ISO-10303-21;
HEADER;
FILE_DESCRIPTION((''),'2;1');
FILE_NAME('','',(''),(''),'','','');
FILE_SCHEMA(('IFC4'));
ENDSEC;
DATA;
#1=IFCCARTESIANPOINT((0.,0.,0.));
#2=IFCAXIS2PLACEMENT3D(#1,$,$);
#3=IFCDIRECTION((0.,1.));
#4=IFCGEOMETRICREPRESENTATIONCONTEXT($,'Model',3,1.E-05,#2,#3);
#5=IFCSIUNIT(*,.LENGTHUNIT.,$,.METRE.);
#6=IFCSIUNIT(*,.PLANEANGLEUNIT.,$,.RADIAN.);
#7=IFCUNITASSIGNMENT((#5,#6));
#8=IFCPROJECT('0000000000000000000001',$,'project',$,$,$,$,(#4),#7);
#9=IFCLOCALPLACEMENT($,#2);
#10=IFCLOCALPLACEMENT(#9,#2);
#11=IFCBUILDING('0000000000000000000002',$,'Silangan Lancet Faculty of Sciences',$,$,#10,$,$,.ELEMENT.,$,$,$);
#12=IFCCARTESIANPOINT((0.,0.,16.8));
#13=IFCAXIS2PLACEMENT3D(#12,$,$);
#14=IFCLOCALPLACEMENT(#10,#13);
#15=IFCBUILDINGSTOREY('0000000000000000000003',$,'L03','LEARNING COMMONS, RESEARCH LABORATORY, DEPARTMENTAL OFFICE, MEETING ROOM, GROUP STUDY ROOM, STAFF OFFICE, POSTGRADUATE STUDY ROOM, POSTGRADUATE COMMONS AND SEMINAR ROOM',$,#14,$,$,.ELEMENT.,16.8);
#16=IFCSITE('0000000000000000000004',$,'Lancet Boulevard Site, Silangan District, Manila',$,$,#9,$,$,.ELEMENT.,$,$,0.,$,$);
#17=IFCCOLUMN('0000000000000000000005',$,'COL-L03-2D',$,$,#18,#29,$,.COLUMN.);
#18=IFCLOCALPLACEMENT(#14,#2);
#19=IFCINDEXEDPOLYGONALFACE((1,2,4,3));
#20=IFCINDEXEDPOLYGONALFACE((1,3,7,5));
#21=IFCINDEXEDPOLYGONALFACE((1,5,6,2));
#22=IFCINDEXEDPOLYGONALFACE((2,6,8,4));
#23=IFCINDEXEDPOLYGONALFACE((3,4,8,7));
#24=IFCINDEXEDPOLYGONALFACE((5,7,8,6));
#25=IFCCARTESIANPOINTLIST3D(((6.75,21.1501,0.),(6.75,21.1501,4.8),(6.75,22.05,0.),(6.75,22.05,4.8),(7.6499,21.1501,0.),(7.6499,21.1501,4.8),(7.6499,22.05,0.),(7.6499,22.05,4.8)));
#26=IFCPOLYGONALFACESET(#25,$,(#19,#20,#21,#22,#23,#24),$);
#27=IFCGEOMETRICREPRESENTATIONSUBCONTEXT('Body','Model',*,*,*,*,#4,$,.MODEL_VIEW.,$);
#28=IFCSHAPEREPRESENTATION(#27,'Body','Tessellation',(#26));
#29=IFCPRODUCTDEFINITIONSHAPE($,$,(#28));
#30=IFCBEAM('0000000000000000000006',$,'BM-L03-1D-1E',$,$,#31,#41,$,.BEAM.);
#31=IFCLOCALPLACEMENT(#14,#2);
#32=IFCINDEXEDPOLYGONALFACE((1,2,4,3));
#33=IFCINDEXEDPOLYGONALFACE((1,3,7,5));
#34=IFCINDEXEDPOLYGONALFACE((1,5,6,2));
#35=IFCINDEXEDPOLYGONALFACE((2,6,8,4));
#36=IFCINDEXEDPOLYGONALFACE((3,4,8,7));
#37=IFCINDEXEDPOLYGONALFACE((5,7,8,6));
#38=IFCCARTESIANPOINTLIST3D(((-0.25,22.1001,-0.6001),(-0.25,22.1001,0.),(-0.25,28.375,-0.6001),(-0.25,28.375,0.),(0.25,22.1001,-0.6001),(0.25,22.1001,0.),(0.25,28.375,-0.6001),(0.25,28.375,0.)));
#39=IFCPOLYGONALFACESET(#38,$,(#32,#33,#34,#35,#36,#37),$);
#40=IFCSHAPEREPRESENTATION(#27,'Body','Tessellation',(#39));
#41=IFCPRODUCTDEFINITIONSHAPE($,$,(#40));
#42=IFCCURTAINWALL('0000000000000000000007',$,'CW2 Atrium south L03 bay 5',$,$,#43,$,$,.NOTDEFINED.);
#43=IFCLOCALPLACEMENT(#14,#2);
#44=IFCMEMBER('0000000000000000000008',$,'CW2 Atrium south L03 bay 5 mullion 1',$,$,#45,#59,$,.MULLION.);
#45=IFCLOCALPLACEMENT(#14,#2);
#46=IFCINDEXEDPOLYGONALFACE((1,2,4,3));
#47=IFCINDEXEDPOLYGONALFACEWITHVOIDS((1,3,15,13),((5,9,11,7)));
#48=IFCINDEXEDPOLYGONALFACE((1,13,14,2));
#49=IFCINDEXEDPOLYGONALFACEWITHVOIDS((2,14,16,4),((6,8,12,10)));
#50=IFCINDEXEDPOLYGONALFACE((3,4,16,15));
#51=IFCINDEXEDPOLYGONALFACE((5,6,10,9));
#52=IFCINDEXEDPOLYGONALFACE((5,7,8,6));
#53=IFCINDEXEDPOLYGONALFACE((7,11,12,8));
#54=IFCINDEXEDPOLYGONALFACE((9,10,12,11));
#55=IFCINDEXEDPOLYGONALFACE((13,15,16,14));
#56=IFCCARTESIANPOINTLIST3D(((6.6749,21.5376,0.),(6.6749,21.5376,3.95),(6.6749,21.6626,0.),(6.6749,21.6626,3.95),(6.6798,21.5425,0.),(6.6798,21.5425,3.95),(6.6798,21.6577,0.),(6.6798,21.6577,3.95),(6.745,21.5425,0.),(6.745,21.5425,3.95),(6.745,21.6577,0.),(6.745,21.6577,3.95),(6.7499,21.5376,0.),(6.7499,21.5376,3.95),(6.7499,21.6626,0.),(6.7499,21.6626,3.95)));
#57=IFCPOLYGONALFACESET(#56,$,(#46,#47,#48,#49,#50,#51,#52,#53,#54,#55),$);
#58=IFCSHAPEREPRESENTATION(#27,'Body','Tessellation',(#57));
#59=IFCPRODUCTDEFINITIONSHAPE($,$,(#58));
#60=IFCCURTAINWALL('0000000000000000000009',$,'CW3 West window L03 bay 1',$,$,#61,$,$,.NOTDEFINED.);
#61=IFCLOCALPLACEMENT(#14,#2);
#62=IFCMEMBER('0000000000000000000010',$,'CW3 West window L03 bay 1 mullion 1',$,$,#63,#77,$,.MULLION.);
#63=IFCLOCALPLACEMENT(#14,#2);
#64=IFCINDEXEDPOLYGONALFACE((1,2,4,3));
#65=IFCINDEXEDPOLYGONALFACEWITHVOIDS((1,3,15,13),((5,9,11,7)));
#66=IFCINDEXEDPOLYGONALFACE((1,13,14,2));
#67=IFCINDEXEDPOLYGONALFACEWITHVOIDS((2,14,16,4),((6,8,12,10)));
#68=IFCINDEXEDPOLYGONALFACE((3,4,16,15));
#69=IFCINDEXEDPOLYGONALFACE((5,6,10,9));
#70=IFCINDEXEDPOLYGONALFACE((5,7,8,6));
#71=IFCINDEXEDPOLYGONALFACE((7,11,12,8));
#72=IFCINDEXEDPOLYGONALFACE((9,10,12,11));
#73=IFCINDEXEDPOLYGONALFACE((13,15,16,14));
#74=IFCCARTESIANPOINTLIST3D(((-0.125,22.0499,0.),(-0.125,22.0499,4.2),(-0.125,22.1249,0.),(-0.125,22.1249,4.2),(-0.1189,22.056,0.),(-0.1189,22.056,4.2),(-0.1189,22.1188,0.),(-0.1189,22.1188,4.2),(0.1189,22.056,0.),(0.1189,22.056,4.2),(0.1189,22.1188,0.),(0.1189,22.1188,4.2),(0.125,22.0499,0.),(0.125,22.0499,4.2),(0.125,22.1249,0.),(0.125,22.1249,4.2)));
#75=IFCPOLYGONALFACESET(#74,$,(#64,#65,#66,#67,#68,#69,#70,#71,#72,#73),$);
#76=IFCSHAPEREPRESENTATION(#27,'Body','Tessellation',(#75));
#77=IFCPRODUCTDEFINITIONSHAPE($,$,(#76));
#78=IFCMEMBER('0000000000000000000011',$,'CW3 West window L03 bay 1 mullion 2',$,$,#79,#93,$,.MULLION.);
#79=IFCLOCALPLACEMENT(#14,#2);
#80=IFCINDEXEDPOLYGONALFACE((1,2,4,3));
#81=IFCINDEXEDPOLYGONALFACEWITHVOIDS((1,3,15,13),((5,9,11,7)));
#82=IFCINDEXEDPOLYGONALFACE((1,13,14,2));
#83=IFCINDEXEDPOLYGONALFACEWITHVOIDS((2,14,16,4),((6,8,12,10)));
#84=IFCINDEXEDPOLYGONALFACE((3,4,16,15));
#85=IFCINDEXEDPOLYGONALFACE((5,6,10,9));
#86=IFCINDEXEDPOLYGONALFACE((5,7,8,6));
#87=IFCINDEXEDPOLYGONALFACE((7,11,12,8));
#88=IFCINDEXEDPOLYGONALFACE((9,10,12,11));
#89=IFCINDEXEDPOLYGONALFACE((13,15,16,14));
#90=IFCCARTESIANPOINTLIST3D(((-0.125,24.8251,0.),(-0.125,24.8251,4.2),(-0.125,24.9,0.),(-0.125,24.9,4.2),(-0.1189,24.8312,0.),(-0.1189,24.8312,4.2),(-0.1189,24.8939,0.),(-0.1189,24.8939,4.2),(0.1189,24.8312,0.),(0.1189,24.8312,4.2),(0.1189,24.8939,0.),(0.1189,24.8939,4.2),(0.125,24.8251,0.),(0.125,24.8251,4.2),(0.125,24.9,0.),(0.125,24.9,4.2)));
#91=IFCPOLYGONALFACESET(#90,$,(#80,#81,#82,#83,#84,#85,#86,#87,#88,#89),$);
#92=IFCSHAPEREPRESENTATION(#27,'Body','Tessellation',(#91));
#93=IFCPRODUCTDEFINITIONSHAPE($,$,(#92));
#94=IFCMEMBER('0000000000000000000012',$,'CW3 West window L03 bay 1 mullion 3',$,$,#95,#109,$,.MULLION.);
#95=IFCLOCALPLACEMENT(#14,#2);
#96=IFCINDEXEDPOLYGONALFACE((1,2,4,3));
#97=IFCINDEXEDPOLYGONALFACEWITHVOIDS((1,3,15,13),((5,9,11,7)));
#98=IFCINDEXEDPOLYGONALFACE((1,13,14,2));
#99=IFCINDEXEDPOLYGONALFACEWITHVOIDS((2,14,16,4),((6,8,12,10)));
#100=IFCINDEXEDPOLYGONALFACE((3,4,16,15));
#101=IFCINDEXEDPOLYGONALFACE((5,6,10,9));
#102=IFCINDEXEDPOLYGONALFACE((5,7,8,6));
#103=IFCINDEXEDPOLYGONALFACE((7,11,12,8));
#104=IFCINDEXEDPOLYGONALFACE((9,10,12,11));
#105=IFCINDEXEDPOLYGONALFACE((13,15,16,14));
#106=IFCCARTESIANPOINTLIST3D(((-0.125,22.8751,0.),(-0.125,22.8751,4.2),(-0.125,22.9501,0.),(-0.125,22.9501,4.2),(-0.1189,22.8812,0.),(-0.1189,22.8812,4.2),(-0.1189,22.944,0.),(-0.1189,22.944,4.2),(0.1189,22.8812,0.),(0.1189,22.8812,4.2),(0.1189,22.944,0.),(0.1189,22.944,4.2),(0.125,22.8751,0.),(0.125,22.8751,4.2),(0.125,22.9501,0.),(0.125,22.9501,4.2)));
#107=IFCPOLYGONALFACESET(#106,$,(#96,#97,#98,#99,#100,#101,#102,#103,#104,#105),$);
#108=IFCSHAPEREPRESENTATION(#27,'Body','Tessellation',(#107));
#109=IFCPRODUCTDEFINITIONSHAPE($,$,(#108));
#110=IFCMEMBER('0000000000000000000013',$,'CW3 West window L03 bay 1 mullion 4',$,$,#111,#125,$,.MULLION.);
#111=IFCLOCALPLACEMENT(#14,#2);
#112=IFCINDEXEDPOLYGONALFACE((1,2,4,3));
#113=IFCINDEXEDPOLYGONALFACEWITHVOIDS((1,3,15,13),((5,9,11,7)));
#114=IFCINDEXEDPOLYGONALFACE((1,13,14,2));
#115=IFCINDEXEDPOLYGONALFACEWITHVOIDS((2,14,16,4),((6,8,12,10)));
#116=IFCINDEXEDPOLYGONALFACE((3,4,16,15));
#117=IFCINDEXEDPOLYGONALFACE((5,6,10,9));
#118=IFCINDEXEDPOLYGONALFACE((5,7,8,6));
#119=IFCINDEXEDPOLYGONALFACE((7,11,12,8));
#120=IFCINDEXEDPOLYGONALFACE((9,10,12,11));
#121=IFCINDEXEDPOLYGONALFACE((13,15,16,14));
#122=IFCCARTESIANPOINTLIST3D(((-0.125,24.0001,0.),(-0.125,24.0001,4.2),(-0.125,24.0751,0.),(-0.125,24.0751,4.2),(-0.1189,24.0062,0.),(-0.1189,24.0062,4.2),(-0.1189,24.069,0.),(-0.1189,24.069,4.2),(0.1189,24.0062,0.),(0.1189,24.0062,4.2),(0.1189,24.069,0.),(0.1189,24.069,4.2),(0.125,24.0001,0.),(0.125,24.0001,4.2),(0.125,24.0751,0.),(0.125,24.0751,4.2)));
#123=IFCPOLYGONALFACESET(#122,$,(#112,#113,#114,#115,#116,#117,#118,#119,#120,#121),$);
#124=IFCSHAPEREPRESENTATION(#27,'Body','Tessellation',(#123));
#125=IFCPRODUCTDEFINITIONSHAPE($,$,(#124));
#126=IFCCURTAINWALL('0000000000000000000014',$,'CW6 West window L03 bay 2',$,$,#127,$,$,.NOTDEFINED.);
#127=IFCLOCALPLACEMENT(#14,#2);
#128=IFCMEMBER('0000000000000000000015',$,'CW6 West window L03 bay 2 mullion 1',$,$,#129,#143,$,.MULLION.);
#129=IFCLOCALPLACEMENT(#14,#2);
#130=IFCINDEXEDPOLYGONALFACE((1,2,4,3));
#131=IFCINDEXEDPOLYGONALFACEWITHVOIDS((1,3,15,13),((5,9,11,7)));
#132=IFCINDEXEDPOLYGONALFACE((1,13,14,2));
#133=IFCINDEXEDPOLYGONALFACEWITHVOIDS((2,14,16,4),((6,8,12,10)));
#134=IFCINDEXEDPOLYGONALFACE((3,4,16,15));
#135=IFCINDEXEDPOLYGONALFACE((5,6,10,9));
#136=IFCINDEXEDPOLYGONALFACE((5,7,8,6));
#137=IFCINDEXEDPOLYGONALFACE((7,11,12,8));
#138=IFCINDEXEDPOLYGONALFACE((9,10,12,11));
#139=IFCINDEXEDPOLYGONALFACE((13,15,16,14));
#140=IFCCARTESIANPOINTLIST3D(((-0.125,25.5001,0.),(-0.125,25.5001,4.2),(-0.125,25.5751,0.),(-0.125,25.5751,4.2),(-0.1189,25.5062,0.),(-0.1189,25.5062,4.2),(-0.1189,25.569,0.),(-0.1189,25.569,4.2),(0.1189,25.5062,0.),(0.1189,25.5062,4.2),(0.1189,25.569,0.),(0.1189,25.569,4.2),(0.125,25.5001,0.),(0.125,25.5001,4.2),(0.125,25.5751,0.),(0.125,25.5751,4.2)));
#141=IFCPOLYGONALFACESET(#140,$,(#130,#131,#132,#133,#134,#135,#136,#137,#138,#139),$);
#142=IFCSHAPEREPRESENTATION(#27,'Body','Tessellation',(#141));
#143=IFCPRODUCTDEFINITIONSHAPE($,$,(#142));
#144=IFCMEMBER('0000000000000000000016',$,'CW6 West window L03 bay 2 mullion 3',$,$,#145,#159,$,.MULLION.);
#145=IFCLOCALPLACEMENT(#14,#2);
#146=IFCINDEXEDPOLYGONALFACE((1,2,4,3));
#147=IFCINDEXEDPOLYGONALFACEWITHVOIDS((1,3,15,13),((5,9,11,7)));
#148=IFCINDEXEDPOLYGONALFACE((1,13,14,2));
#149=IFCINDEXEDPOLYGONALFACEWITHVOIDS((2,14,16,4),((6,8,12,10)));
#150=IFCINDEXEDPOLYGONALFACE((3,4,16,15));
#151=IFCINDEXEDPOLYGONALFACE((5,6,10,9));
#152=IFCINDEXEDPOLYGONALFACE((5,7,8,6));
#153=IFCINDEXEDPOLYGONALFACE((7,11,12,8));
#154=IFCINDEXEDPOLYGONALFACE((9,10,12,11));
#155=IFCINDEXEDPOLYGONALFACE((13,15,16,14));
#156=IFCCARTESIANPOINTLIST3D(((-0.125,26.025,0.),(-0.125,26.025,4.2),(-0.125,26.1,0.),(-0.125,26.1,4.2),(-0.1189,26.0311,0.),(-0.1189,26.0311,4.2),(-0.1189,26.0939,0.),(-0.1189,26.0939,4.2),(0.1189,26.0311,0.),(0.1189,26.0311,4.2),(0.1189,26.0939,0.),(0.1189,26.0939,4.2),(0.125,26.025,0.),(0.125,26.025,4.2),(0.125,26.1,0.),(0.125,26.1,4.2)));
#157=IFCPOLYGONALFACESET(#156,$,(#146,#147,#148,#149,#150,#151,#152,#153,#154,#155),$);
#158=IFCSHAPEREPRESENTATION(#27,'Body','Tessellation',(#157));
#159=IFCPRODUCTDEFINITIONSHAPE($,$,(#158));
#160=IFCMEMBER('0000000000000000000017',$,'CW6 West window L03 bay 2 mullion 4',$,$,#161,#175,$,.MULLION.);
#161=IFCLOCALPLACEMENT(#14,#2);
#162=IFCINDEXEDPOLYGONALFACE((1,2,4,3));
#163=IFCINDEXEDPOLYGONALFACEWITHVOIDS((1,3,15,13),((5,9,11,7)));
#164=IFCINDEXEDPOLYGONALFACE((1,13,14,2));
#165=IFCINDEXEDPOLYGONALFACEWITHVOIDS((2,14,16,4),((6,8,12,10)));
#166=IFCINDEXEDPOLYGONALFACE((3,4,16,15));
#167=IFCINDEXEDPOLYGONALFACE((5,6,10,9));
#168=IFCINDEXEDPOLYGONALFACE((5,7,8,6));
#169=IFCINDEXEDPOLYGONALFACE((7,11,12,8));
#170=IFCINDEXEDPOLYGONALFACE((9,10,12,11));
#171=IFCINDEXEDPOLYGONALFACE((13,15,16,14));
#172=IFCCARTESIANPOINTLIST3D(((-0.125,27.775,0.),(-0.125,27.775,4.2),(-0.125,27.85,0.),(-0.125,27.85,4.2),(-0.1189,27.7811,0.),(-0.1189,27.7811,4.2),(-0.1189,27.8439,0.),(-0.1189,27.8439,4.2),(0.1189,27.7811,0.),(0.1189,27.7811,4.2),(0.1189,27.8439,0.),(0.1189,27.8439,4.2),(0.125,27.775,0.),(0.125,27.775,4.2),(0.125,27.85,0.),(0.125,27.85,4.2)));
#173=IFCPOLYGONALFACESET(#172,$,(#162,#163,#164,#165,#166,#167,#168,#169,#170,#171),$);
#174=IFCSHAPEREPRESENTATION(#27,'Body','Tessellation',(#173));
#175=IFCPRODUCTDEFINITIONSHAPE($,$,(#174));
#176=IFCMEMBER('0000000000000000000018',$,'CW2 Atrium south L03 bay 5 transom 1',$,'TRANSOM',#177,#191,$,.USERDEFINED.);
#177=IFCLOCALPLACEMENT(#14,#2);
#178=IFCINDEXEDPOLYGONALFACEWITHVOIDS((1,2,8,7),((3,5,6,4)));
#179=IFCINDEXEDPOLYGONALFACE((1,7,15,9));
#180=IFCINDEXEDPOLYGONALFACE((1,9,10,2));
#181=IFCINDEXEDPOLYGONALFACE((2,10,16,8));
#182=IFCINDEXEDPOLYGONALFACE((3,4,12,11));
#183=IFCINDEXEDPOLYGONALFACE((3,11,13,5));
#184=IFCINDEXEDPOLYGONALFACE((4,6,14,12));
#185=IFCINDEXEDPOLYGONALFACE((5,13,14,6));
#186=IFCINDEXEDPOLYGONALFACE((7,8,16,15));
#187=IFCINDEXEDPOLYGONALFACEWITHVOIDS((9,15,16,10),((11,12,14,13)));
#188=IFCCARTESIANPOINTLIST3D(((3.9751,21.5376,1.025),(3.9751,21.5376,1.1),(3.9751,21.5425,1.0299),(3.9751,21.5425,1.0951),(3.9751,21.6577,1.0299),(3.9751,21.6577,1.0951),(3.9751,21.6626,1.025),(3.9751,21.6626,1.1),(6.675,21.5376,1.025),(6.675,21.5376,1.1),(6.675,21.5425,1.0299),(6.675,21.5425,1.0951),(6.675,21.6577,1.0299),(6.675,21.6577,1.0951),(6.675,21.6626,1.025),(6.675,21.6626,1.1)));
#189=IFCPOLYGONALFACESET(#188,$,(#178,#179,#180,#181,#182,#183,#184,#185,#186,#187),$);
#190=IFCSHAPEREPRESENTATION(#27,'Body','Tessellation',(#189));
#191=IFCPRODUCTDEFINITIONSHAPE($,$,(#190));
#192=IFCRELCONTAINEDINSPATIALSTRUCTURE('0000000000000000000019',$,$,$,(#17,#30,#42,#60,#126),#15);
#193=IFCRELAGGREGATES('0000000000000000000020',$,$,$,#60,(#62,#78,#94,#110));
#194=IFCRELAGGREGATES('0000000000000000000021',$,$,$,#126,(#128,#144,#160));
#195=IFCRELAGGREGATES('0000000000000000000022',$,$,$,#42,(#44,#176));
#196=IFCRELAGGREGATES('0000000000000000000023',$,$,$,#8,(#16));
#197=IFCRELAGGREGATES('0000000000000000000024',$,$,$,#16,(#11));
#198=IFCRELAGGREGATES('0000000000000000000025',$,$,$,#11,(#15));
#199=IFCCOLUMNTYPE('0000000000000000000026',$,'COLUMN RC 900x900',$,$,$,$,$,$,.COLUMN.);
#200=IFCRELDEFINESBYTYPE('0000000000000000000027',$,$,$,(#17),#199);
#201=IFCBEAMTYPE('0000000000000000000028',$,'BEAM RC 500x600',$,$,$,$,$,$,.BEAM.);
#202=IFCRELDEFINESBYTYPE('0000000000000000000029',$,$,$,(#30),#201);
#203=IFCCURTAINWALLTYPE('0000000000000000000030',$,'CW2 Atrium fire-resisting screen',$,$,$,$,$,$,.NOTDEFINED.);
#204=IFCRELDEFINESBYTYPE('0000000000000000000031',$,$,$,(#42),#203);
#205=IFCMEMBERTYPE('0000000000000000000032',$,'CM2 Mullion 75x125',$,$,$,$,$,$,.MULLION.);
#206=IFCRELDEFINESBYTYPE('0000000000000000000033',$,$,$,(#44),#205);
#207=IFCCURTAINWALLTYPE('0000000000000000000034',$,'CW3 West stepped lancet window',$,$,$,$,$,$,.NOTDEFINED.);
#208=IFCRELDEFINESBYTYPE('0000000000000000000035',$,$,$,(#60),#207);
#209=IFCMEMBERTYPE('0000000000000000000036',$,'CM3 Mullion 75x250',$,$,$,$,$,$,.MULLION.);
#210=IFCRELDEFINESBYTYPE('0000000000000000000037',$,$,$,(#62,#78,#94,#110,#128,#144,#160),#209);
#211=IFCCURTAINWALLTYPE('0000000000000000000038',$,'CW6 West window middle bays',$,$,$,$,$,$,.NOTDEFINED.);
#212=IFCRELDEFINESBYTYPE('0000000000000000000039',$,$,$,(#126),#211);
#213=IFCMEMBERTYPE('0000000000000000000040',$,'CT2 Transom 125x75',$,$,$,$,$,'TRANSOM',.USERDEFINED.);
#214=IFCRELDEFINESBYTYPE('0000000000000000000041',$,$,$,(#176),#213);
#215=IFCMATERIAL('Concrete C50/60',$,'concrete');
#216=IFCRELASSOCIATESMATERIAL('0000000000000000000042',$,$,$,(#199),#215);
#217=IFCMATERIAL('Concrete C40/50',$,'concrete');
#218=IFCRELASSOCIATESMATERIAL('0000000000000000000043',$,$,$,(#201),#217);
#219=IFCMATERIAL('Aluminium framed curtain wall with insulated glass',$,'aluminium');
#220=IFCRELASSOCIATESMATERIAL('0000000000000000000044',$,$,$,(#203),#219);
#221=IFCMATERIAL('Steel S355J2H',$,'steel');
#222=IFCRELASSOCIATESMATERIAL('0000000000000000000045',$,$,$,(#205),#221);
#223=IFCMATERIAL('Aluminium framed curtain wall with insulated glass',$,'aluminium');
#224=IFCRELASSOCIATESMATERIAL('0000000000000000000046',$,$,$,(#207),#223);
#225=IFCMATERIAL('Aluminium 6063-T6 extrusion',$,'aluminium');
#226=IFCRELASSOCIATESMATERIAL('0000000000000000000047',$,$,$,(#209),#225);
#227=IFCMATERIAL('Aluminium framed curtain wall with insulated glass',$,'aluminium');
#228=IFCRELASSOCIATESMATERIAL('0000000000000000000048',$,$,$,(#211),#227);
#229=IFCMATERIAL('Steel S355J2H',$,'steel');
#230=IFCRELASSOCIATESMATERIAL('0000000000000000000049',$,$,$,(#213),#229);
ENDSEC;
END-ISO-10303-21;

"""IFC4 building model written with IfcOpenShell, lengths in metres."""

from ifc_helpers import new_model, si_unit, direction, frame, origin, origin_2d, place, context, subcontext, project, spatial, rectangle, hollow_rectangle, extrude, material, material_profile, profile_set, type_object, element, aggregate, save


model = new_model("IFC4")

# Units and contexts
model_context = context("Model", 3, precision=1e-05, world=origin(), true_north=direction((0.0, 1.0)))
body_context = subcontext(model_context, "Body", "Model", "MODEL_VIEW")
ifc_project = project(units=[si_unit("LENGTHUNIT", "METRE"), si_unit("PLANEANGLEUNIT", "RADIAN")], contexts=[model_context])

# Site, building, storey
site_placement = place(None, origin())
site = spatial("IfcSite", under=ifc_project, at=site_placement, Name="Lancet Boulevard Site, Silangan District, Manila", CompositionType="ELEMENT", RefElevation=0.0)
building_placement = place(site_placement, origin())
building = spatial("IfcBuilding", under=site, at=building_placement, Name="Silangan Lancet Faculty of Sciences", CompositionType="ELEMENT")
storey_placement = place(building_placement, frame((0.0, 0.0, 16.8)))
storey = spatial("IfcBuildingStorey", under=building, at=storey_placement, Name="L03", Description="LEARNING COMMONS, RESEARCH LABORATORY, DEPARTMENTAL OFFICE, MEETING ROOM, GROUP STUDY ROOM, STAFF OFFICE, POSTGRADUATE STUDY ROOM, POSTGRADUATE COMMONS AND SEMINAR ROOM", CompositionType="ELEMENT", Elevation=16.8)

# Column
ifc_material_1 = material(Name="Concrete C50/60", Category="concrete")
ifc_material_profile_1 = material_profile(ifc_material_1, rectangle(XDim=0.8999, YDim=0.8999, at=origin_2d()), Name="RC 900x900")
ifc_profile_set_1 = profile_set([ifc_material_profile_1], Name="Concrete C50/60")
column_type = type_object("IfcColumnType", Name="COLUMN RC 900x900", PredefinedType="COLUMN", material=ifc_profile_set_1)
column_placement = place(storey_placement, frame((7.2, 21.6001, 0.0), z_axis=(0.0, 0.0, 1.0), x_axis=(1.0, 0.0, 0.0)))
element("IfcColumn", 1, at=column_placement, inside=storey, type_object=column_type, Name="COL-L03-2D", PredefinedType="COLUMN", context=body_context, shape_type="SweptSolid", body=[
    extrude(rectangle(XDim=0.8999, YDim=0.8999, at=origin_2d()), origin(), (0.0, 0.0, 1.0), 4.8),
])

# Beam
ifc_material_2 = material(Name="Concrete C40/50", Category="concrete")
ifc_material_profile_2 = material_profile(ifc_material_2, rectangle(XDim=0.5, YDim=0.6001, at=origin_2d()), Name="RC 500x600")
ifc_profile_set_2 = profile_set([ifc_material_profile_2], Name="Concrete C40/50")
beam_type = type_object("IfcBeamType", Name="BEAM RC 500x600", PredefinedType="BEAM", material=ifc_profile_set_2)
beam_placement = place(storey_placement, frame((0.0, 22.1001, -0.3), z_axis=(0.0, 1.0, 0.0), x_axis=(-1.0, 0.0, 0.0)))
element("IfcBeam", 2, at=beam_placement, inside=storey, type_object=beam_type, Name="BM-L03-1D-1E", PredefinedType="BEAM", context=body_context, shape_type="SweptSolid", body=[
    extrude(rectangle(XDim=0.5, YDim=0.6001, at=origin_2d()), origin(), (0.0, 0.0, 1.0), 6.2749),
])

# Curtain wall, member
ifc_material_3 = material(Name="Aluminium framed curtain wall with insulated glass", Category="aluminium")
curtain_wall_type_1 = type_object("IfcCurtainWallType", Name="CW2 Atrium fire-resisting screen", PredefinedType="NOTDEFINED", material=ifc_material_3)
curtain_wall_1_placement = place(storey_placement, origin())
curtain_wall_1 = element("IfcCurtainWall", 3, at=curtain_wall_1_placement, inside=storey, type_object=curtain_wall_type_1, Name="CW2 Atrium south L03 bay 5", PredefinedType="NOTDEFINED")
ifc_material_4 = material(Name="Steel S355J2H", Category="steel")
ifc_material_profile_3 = material_profile(ifc_material_4, hollow_rectangle(XDim=0.075, YDim=0.125, WallThickness=0.0049, at=origin_2d()), Name="ST BOX 75x125x5")
ifc_profile_set_3 = profile_set([ifc_material_profile_3], Name="Steel S355J2H")
member_type_1 = type_object("IfcMemberType", Name="CM2 Mullion 75x125", PredefinedType="MULLION", material=ifc_profile_set_3)
member_1_placement = place(storey_placement, frame((6.7124, 21.6001, 0.0), z_axis=(0.0, 0.0, 1.0), x_axis=(-1.0, 0.0, 0.0)))
member_1 = element("IfcMember", 4, at=member_1_placement, type_object=member_type_1, Name="CW2 Atrium south L03 bay 5 mullion 1", PredefinedType="MULLION", context=body_context, shape_type="SweptSolid", body=[
    extrude(hollow_rectangle(XDim=0.075, YDim=0.125, WallThickness=0.0049, at=origin_2d()), origin(), (0.0, 0.0, 1.0), 3.95),
])

# Curtain walls, members
ifc_material_5 = material(Name="Aluminium framed curtain wall with insulated glass", Category="aluminium")
curtain_wall_type_2 = type_object("IfcCurtainWallType", Name="CW3 West stepped lancet window", PredefinedType="NOTDEFINED", material=ifc_material_5)
curtain_wall_2_placement = place(storey_placement, origin())
curtain_wall_2 = element("IfcCurtainWall", 5, at=curtain_wall_2_placement, inside=storey, type_object=curtain_wall_type_2, Name="CW3 West window L03 bay 1", PredefinedType="NOTDEFINED")
ifc_material_6 = material(Name="Aluminium 6063-T6 extrusion", Category="aluminium")
ifc_material_profile_4 = material_profile(ifc_material_6, hollow_rectangle(XDim=0.075, YDim=0.25, WallThickness=0.0061, at=origin_2d()), Name="AL BOX 75x250x6")
ifc_profile_set_4 = profile_set([ifc_material_profile_4], Name="Aluminium 6063-T6 extrusion")
member_type_2 = type_object("IfcMemberType", Name="CM3 Mullion 75x250", PredefinedType="MULLION", material=ifc_profile_set_4)
member_2_placement = place(storey_placement, frame((0.0, 22.0874, 0.0), z_axis=(0.0, 0.0, 1.0), x_axis=(0.0, 1.0, 0.0)))
member_2 = element("IfcMember", 6, at=member_2_placement, type_object=member_type_2, Name="CW3 West window L03 bay 1 mullion 1", PredefinedType="MULLION", context=body_context, shape_type="SweptSolid", body=[
    extrude(hollow_rectangle(XDim=0.075, YDim=0.25, WallThickness=0.0061, at=origin_2d()), origin(), (0.0, 0.0, 1.0), 4.2),
])
member_3_placement = place(storey_placement, frame((0.0, 24.8625, 0.0), z_axis=(0.0, 0.0, 1.0), x_axis=(0.0, 1.0, 0.0)))
member_3 = element("IfcMember", 7, at=member_3_placement, type_object=member_type_2, Name="CW3 West window L03 bay 1 mullion 2", PredefinedType="MULLION", context=body_context, shape_type="SweptSolid", body=[
    extrude(hollow_rectangle(XDim=0.075, YDim=0.25, WallThickness=0.0061, at=origin_2d()), origin(), (0.0, 0.0, 1.0), 4.2),
])
member_4_placement = place(storey_placement, frame((0.0, 22.9126, 0.0), z_axis=(0.0, 0.0, 1.0), x_axis=(0.0, 1.0, 0.0)))
member_4 = element("IfcMember", 8, at=member_4_placement, type_object=member_type_2, Name="CW3 West window L03 bay 1 mullion 3", PredefinedType="MULLION", context=body_context, shape_type="SweptSolid", body=[
    extrude(hollow_rectangle(XDim=0.075, YDim=0.25, WallThickness=0.0061, at=origin_2d()), origin(), (0.0, 0.0, 1.0), 4.2),
])
member_5_placement = place(storey_placement, frame((0.0, 24.0376, 0.0), z_axis=(0.0, 0.0, 1.0), x_axis=(0.0, 1.0, 0.0)))
member_5 = element("IfcMember", 9, at=member_5_placement, type_object=member_type_2, Name="CW3 West window L03 bay 1 mullion 4", PredefinedType="MULLION", context=body_context, shape_type="SweptSolid", body=[
    extrude(hollow_rectangle(XDim=0.075, YDim=0.25, WallThickness=0.0061, at=origin_2d()), origin(), (0.0, 0.0, 1.0), 4.2),
])
ifc_material_7 = material(Name="Aluminium framed curtain wall with insulated glass", Category="aluminium")
curtain_wall_type_3 = type_object("IfcCurtainWallType", Name="CW6 West window middle bays", PredefinedType="NOTDEFINED", material=ifc_material_7)
curtain_wall_3_placement = place(storey_placement, origin())
curtain_wall_3 = element("IfcCurtainWall", 10, at=curtain_wall_3_placement, inside=storey, type_object=curtain_wall_type_3, Name="CW6 West window L03 bay 2", PredefinedType="NOTDEFINED")
member_6_placement = place(storey_placement, frame((0.0, 25.5376, 0.0), z_axis=(0.0, 0.0, 1.0), x_axis=(0.0, 1.0, 0.0)))
member_6 = element("IfcMember", 11, at=member_6_placement, type_object=member_type_2, Name="CW6 West window L03 bay 2 mullion 1", PredefinedType="MULLION", context=body_context, shape_type="SweptSolid", body=[
    extrude(hollow_rectangle(XDim=0.075, YDim=0.25, WallThickness=0.0061, at=origin_2d()), origin(), (0.0, 0.0, 1.0), 4.2),
])
member_7_placement = place(storey_placement, frame((0.0, 26.0625, 0.0), z_axis=(0.0, 0.0, 1.0), x_axis=(0.0, 1.0, 0.0)))
member_7 = element("IfcMember", 12, at=member_7_placement, type_object=member_type_2, Name="CW6 West window L03 bay 2 mullion 3", PredefinedType="MULLION", context=body_context, shape_type="SweptSolid", body=[
    extrude(hollow_rectangle(XDim=0.075, YDim=0.25, WallThickness=0.0061, at=origin_2d()), origin(), (0.0, 0.0, 1.0), 4.2),
])
member_8_placement = place(storey_placement, frame((0.0, 27.8125, 0.0), z_axis=(0.0, 0.0, 1.0), x_axis=(0.0, 1.0, 0.0)))
member_8 = element("IfcMember", 13, at=member_8_placement, type_object=member_type_2, Name="CW6 West window L03 bay 2 mullion 4", PredefinedType="MULLION", context=body_context, shape_type="SweptSolid", body=[
    extrude(hollow_rectangle(XDim=0.075, YDim=0.25, WallThickness=0.0061, at=origin_2d()), origin(), (0.0, 0.0, 1.0), 4.2),
])

# Member
ifc_material_8 = material(Name="Steel S355J2H", Category="steel")
ifc_material_profile_5 = material_profile(ifc_material_8, hollow_rectangle(XDim=0.125, YDim=0.075, WallThickness=0.0049, at=origin_2d()), Name="ST BOX 125x75x5")
ifc_profile_set_5 = profile_set([ifc_material_profile_5], Name="Steel S355J2H")
member_type_3 = type_object("IfcMemberType", Name="CT2 Transom 125x75", ElementType="TRANSOM", PredefinedType="USERDEFINED", material=ifc_profile_set_5)
member_9_placement = place(storey_placement, frame((6.675, 21.6001, 1.0625), z_axis=(-1.0, 0.0, 0.0), x_axis=(0.0, -1.0, 0.0)))
member_9 = element("IfcMember", 14, at=member_9_placement, type_object=member_type_3, Name="CW2 Atrium south L03 bay 5 transom 1", ObjectType="TRANSOM", PredefinedType="USERDEFINED", context=body_context, shape_type="SweptSolid", body=[
    extrude(hollow_rectangle(XDim=0.125, YDim=0.075, WallThickness=0.0049, at=origin_2d()), origin(), (0.0, 0.0, 1.0), 2.7),
])

aggregate(curtain_wall_2, [member_2, member_3, member_4, member_5])
aggregate(curtain_wall_3, [member_6, member_7, member_8])
aggregate(curtain_wall_1, [member_1, member_9])

save(model, "model.ifc")
